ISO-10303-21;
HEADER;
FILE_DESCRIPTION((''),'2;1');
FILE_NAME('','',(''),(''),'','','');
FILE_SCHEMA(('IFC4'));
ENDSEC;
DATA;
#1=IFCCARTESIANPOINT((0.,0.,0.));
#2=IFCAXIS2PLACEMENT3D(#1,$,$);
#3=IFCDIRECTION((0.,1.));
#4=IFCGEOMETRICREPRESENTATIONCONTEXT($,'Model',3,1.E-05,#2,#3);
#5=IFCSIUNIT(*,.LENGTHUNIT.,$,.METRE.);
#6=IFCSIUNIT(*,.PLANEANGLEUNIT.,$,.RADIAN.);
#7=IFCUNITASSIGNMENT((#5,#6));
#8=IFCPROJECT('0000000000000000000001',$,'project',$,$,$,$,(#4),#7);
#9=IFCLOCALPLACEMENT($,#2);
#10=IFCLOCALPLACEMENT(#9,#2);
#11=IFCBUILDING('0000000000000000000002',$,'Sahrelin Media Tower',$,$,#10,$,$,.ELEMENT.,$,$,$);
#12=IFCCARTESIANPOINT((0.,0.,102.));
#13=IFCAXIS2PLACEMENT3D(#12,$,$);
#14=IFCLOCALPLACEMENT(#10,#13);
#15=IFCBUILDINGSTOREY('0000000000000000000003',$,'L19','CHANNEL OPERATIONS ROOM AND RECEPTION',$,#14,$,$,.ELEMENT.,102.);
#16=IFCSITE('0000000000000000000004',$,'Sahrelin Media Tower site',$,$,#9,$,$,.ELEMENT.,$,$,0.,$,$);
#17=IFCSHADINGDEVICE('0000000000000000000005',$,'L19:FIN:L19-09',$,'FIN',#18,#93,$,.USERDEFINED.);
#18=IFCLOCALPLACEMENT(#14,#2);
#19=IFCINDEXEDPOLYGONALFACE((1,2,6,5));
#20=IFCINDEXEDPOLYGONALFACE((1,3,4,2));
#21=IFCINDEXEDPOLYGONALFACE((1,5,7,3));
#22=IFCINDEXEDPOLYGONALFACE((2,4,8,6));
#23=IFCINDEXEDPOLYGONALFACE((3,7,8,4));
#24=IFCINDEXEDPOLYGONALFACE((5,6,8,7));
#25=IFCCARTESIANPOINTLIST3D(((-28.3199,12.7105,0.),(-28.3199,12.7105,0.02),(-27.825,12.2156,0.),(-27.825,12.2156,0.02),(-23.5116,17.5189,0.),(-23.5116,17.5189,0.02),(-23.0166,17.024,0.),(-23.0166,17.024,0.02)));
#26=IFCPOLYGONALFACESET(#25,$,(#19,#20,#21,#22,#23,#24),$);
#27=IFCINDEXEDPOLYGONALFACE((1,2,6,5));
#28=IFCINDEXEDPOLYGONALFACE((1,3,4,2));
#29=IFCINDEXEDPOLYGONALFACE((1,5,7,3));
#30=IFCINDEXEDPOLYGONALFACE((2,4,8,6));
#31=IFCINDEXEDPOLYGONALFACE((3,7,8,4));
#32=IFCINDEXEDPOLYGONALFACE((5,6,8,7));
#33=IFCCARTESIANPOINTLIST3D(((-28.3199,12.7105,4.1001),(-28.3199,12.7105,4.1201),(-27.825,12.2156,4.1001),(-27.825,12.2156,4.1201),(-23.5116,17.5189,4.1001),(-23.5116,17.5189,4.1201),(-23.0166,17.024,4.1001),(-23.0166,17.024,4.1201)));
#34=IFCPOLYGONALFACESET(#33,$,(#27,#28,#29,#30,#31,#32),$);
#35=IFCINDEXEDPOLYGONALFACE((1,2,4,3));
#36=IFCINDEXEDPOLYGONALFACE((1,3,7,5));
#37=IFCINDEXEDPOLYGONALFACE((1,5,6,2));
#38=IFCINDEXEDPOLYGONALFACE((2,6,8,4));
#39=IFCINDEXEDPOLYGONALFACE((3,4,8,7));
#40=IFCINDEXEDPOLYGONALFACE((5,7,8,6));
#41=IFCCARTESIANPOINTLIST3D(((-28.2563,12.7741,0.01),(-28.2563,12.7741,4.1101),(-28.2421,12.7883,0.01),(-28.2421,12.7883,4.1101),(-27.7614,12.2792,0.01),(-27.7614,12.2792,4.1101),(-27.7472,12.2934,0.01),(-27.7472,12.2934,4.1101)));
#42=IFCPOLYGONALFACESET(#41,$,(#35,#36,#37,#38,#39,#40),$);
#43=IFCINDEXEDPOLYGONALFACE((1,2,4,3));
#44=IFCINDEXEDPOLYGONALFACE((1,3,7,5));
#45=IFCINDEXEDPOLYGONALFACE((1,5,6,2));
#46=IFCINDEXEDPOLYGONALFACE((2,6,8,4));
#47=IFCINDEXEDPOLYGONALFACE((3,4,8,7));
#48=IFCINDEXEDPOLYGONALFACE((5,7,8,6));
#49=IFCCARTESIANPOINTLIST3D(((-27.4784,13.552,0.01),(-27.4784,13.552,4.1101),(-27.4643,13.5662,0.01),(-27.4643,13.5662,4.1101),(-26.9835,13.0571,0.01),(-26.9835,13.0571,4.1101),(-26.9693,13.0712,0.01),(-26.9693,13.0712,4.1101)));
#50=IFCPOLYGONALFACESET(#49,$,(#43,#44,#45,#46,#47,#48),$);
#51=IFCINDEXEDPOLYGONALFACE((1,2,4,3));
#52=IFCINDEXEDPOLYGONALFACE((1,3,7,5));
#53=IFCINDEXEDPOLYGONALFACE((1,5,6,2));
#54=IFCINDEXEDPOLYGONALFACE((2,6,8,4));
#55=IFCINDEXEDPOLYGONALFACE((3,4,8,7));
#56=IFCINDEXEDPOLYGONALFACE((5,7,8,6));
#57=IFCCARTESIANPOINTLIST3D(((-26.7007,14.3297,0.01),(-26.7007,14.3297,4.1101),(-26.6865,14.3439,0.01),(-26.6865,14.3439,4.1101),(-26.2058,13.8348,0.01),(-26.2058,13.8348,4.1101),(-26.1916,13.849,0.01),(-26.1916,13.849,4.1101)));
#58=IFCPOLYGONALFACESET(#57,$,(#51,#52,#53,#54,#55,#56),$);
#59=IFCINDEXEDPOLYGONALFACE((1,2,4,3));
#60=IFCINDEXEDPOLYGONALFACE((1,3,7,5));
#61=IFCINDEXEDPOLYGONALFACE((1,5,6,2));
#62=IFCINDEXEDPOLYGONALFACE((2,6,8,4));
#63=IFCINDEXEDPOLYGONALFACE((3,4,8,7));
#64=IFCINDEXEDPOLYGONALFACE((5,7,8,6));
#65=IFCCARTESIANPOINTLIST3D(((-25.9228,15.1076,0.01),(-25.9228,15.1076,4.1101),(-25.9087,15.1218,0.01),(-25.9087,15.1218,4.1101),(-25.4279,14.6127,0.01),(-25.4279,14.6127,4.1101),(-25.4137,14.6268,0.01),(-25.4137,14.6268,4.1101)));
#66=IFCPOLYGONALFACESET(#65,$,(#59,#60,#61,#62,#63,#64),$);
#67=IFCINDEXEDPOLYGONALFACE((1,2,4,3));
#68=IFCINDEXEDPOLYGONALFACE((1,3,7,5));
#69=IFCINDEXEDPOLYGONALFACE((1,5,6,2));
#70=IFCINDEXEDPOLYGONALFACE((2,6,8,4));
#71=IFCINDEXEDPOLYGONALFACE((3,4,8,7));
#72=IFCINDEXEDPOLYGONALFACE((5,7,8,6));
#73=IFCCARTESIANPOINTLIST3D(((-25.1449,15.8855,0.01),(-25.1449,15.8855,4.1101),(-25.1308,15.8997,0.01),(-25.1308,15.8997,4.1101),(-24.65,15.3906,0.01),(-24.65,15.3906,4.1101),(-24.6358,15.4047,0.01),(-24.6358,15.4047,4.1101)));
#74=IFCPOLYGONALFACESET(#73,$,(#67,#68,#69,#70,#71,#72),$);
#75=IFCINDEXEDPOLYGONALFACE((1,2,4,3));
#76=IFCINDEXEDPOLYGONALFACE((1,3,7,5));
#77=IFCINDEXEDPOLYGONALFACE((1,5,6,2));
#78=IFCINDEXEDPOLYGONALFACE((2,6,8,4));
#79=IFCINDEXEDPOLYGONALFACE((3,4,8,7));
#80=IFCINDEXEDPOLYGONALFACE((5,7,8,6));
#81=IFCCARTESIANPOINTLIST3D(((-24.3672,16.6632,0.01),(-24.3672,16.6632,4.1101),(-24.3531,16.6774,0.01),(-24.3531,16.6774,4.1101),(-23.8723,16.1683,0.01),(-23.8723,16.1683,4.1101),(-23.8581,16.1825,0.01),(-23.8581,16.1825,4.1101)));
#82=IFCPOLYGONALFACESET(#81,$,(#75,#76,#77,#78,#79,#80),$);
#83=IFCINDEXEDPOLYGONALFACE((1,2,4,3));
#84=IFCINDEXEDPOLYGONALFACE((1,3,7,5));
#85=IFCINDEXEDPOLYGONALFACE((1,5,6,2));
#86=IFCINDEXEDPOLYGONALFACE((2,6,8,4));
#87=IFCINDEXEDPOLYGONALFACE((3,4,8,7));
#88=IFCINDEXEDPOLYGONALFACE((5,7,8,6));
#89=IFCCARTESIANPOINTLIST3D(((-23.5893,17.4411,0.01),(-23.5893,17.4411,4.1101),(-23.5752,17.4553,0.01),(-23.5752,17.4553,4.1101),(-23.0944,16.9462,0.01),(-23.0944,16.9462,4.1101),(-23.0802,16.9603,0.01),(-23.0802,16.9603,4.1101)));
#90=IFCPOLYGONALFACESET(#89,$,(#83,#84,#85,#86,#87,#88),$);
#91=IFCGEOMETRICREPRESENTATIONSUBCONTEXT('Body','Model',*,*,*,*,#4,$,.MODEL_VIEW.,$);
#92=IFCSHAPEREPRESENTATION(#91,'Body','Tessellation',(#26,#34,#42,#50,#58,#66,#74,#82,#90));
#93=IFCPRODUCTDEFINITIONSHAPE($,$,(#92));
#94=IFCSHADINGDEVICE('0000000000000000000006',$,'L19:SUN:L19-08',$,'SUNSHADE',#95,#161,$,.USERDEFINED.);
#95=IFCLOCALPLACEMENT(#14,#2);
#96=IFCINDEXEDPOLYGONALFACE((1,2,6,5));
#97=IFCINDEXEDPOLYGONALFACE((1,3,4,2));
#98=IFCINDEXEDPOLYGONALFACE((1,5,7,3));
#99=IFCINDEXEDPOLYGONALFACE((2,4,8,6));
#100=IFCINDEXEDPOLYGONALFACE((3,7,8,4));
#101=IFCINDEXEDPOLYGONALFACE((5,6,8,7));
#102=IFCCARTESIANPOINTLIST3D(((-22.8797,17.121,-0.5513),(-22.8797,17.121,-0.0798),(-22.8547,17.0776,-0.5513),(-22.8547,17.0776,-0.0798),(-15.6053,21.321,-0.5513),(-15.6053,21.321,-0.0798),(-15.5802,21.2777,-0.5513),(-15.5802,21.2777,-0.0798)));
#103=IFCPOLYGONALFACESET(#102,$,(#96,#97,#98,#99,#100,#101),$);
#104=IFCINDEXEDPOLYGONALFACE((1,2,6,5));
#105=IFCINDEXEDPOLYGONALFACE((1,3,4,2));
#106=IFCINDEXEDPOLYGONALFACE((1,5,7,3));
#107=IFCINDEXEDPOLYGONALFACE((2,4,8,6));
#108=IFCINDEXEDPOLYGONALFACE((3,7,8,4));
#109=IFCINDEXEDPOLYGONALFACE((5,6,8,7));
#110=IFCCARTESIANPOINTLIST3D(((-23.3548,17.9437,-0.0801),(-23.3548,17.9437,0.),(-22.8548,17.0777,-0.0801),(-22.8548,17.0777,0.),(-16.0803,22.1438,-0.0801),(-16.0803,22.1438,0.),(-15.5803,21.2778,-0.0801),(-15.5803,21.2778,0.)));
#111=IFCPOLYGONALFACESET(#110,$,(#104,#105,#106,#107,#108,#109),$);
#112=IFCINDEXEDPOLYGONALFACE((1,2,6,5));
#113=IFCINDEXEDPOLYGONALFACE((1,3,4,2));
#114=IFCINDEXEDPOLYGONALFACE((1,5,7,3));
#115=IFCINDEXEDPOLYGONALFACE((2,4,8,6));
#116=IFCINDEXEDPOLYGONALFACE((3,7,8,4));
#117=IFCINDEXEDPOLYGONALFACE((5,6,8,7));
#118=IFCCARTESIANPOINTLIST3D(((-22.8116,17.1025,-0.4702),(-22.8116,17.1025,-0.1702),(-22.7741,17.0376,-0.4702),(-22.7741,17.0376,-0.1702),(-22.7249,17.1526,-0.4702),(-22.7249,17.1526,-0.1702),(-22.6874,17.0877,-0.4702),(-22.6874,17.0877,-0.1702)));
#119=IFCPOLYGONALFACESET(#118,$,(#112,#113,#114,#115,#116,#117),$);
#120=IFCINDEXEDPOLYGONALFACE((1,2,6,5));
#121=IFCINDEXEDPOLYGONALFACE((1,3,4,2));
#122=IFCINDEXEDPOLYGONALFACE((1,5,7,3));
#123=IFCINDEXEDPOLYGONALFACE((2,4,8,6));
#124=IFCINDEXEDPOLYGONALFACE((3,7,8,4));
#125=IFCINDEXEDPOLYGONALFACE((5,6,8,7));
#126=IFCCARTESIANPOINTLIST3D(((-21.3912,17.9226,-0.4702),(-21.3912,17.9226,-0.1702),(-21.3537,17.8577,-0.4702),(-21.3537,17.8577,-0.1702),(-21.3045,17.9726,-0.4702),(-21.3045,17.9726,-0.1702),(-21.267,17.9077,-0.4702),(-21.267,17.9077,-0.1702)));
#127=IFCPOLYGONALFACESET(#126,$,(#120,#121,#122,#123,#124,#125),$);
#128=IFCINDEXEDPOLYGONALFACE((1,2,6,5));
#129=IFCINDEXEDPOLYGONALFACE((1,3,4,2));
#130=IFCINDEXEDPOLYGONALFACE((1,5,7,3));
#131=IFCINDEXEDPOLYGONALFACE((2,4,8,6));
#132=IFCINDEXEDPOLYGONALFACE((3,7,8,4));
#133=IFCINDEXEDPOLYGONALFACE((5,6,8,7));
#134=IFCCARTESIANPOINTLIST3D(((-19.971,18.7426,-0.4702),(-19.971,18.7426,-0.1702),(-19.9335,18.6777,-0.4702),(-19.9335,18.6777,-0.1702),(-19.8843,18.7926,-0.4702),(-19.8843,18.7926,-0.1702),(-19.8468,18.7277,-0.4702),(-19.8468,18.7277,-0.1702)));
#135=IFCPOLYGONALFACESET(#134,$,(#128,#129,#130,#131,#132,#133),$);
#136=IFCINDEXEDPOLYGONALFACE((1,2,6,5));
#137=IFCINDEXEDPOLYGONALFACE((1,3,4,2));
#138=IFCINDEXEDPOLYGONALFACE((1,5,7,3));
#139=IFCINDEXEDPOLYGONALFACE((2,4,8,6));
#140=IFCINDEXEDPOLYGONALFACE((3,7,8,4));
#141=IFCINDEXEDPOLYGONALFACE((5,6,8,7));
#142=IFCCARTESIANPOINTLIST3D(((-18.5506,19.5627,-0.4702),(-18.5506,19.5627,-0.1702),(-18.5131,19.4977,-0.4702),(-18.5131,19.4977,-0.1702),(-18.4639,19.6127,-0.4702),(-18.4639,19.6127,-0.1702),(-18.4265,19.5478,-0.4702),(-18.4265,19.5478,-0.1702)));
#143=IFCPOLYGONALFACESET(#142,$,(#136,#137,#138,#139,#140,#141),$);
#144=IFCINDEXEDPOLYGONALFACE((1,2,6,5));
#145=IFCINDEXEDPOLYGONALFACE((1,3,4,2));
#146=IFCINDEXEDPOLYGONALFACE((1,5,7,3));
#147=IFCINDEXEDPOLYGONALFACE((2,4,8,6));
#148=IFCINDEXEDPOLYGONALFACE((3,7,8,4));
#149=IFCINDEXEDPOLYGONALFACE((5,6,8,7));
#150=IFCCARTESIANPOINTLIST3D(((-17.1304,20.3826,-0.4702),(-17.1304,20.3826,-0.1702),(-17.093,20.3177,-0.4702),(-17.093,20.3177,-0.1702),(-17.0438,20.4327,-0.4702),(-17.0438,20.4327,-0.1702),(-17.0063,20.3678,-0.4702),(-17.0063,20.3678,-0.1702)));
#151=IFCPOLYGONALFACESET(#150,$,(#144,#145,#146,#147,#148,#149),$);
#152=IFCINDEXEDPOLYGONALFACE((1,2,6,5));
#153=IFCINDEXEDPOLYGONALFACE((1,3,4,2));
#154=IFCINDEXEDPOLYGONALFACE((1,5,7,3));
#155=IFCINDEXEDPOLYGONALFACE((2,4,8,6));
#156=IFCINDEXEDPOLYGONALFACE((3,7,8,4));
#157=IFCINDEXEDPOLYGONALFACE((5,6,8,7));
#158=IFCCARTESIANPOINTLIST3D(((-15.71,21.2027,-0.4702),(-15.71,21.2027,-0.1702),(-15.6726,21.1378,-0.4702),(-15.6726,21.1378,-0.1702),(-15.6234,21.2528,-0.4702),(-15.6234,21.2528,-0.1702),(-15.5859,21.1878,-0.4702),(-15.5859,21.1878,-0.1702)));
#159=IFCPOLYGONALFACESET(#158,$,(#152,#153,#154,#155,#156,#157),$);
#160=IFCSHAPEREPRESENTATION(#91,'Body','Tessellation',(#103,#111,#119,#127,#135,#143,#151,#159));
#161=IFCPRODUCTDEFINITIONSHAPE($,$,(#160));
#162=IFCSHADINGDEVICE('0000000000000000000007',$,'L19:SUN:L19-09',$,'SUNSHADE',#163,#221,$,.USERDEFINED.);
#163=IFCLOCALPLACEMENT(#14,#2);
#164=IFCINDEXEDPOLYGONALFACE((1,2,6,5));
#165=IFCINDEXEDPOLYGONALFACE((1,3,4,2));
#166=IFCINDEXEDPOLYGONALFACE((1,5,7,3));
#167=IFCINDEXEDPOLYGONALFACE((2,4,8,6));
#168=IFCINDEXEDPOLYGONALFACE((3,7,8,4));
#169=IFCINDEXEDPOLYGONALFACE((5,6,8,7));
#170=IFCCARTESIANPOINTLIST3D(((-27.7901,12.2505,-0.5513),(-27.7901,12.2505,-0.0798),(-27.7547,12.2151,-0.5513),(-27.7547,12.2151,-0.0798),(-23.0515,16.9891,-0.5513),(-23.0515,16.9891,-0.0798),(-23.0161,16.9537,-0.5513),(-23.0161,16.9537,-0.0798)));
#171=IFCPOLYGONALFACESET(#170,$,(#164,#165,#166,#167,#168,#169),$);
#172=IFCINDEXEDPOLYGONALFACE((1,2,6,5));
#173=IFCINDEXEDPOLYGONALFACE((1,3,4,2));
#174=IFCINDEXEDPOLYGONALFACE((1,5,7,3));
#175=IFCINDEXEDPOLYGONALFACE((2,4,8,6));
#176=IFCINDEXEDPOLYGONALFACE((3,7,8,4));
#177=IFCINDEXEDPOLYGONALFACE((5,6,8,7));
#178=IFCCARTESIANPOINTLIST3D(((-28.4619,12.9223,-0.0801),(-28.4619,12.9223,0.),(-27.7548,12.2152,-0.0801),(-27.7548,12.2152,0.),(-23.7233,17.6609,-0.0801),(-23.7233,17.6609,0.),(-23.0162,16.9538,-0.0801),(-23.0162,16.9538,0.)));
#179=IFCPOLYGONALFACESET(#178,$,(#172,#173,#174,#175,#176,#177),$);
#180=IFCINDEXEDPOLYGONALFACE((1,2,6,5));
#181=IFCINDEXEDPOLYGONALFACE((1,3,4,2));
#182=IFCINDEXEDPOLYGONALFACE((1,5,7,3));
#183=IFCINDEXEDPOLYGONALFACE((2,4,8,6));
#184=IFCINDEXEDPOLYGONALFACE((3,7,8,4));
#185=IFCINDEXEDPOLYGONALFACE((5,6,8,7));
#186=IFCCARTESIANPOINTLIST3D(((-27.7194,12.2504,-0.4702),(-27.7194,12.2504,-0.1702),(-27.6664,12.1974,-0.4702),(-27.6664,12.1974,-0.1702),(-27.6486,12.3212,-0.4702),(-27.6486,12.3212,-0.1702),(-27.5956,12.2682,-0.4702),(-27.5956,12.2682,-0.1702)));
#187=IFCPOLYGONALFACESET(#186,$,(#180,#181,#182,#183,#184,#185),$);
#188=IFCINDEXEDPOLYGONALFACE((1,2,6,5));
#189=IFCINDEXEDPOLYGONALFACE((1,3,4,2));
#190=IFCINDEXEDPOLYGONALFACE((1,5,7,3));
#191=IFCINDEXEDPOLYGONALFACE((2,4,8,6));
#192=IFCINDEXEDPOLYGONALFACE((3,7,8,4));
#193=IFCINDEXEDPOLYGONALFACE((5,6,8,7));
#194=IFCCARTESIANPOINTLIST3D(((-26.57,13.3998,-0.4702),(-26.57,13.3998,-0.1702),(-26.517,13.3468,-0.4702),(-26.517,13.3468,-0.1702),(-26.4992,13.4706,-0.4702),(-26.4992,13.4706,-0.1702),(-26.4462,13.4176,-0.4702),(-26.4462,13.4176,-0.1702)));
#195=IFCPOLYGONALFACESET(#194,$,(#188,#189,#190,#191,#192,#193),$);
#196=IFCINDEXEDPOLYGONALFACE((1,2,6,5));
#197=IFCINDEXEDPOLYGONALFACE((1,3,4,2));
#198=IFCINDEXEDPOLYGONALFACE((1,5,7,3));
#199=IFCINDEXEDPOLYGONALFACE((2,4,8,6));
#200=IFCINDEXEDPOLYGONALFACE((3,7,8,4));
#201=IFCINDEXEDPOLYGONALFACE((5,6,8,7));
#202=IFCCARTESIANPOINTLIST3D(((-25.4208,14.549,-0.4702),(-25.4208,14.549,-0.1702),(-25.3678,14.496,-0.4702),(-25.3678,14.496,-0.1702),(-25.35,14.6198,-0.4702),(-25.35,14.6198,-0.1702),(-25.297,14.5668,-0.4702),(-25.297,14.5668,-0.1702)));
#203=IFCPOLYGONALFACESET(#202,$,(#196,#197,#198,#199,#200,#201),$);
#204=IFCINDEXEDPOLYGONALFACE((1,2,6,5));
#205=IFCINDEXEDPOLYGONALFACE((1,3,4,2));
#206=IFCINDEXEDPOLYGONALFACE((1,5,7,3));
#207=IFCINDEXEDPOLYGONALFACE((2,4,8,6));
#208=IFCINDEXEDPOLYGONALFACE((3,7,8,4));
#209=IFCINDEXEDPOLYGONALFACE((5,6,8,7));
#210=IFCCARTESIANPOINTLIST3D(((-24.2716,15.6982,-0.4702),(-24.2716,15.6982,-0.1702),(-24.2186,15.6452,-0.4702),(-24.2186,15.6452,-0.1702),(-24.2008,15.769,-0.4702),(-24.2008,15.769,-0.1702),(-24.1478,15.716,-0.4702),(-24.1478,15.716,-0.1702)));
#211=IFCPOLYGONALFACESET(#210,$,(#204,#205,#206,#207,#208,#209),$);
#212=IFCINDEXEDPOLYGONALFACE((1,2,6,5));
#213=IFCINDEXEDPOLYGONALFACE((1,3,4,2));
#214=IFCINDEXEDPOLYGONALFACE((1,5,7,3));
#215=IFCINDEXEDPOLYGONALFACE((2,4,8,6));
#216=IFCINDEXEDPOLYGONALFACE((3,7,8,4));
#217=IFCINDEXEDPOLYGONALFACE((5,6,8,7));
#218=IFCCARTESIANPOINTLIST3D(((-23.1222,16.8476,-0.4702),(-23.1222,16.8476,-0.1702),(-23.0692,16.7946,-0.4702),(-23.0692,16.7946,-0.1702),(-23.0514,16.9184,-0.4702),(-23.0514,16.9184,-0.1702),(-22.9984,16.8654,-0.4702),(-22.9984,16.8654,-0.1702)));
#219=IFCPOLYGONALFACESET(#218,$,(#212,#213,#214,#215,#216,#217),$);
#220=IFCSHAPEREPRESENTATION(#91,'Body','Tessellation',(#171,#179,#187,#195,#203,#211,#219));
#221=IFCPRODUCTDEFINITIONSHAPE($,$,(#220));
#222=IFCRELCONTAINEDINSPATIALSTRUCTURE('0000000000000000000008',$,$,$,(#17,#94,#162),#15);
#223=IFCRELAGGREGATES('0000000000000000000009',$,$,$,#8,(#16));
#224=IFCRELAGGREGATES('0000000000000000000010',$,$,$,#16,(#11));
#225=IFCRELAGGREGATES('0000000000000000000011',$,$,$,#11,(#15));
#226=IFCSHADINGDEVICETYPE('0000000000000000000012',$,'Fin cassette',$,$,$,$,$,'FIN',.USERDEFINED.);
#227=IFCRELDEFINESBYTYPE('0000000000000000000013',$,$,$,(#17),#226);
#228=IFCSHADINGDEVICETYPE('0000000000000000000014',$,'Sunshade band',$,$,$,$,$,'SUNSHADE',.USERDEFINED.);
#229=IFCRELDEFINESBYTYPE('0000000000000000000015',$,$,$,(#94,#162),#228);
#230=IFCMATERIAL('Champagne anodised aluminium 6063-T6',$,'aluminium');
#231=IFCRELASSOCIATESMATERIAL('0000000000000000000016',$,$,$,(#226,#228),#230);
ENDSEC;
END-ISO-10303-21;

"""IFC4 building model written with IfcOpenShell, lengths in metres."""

from ifc_helpers import new_model, si_unit, direction, frame, origin, origin_2d, place, context, subcontext, project, spatial, rectangle, extrude, material, type_object, element, save


model = new_model("IFC4")

# Units and contexts
model_context = context("Model", 3, precision=1e-05, world=origin(), true_north=direction((0.0, 1.0)))
body_context = subcontext(model_context, "Body", "Model", "MODEL_VIEW")
ifc_project = project(units=[si_unit("LENGTHUNIT", "METRE"), si_unit("PLANEANGLEUNIT", "RADIAN")], contexts=[model_context])

# Site, building, storey
site_placement = place(None, origin())
site = spatial("IfcSite", under=ifc_project, at=site_placement, Name="Sahrelin Media Tower site", CompositionType="ELEMENT", RefElevation=0.0)
building_placement = place(site_placement, origin())
building = spatial("IfcBuilding", under=site, at=building_placement, Name="Sahrelin Media Tower", CompositionType="ELEMENT")
storey_placement = place(building_placement, frame((0.0, 0.0, 102.0)))
storey = spatial("IfcBuildingStorey", under=building, at=storey_placement, Name="L19", Description="CHANNEL OPERATIONS ROOM AND RECEPTION", CompositionType="ELEMENT", Elevation=102.0)

# Shared definitions
ifc_material_1 = material(Name="Champagne anodised aluminium 6063-T6", Category="aluminium")

# Shading devices
shading_device_type_1 = type_object("IfcShadingDeviceType", Name="Fin cassette", ElementType="FIN", PredefinedType="USERDEFINED", material=ifc_material_1)
placement_1 = place(storey_placement, frame((-19.2075, 19.1604, 0.0), z_axis=(0.0, 0.0, 1.0), x_axis=(0.866019, 0.500011, 0.0)))
placement_2 = place(storey_placement, frame((-25.3713, 14.5703, 0.0), z_axis=(0.0, 0.0, 1.0), x_axis=(0.707107, 0.707107, 0.0)))
element("IfcShadingDevice", 1, at=placement_2, inside=storey, type_object=shading_device_type_1, Name="L19:FIN:L19-09", ObjectType="FIN", PredefinedType="USERDEFINED", context=body_context, shape_type="SweptSolid", body=[
    extrude(rectangle(XDim=6.8, YDim=0.7, at=origin_2d()), frame((0.0, 0.4199, 0.0)), (0.0, 0.0, 1.0), 0.02),
    extrude(rectangle(XDim=6.8, YDim=0.7, at=origin_2d()), frame((0.0, 0.4199, 4.1001)), (0.0, 0.0, 1.0), 0.02),
    extrude(rectangle(XDim=0.02, YDim=0.7, at=origin_2d()), frame((-3.3, 0.4199, 0.01), z_axis=(0.0, 0.0, 1.0), x_axis=(1.0, 0.0, 0.0)), (0.0, 0.0, 1.0), 4.1001),
    extrude(rectangle(XDim=0.02, YDim=0.7, at=origin_2d()), frame((-2.2, 0.4199, 0.01), z_axis=(0.0, 0.0, 1.0), x_axis=(1.0, 0.0, 0.0)), (0.0, 0.0, 1.0), 4.1001),
    extrude(rectangle(XDim=0.02, YDim=0.7, at=origin_2d()), frame((-1.1001, 0.4199, 0.01), z_axis=(0.0, 0.0, 1.0), x_axis=(1.0, 0.0, 0.0)), (0.0, 0.0, 1.0), 4.1001),
    extrude(rectangle(XDim=0.02, YDim=0.7, at=origin_2d()), frame((0.0, 0.4199, 0.01), z_axis=(0.0, 0.0, 1.0), x_axis=(1.0, 0.0, 0.0)), (0.0, 0.0, 1.0), 4.1001),
    extrude(rectangle(XDim=0.02, YDim=0.7, at=origin_2d()), frame((1.1001, 0.4199, 0.01), z_axis=(0.0, 0.0, 1.0), x_axis=(1.0, 0.0, 0.0)), (0.0, 0.0, 1.0), 4.1001),
    extrude(rectangle(XDim=0.02, YDim=0.7, at=origin_2d()), frame((2.2, 0.4199, 0.01), z_axis=(0.0, 0.0, 1.0), x_axis=(1.0, 0.0, 0.0)), (0.0, 0.0, 1.0), 4.1001),
    extrude(rectangle(XDim=0.02, YDim=0.7, at=origin_2d()), frame((3.3, 0.4199, 0.01), z_axis=(0.0, 0.0, 1.0), x_axis=(1.0, 0.0, 0.0)), (0.0, 0.0, 1.0), 4.1001),
])
shading_device_type_2 = type_object("IfcShadingDeviceType", Name="Sunshade band", ElementType="SUNSHADE", PredefinedType="USERDEFINED", material=ifc_material_1)
element("IfcShadingDevice", 2, at=placement_1, inside=storey, type_object=shading_device_type_2, Name="L19:SUN:L19-08", ObjectType="SUNSHADE", PredefinedType="USERDEFINED", context=body_context, shape_type="SweptSolid", body=[
    extrude(rectangle(XDim=8.3999, YDim=0.05, at=origin_2d()), frame((0.0, 0.0449, -0.5513)), (0.0, 0.0, 1.0), 0.4714),
    extrude(rectangle(XDim=8.3999, YDim=1.0, at=origin_2d()), frame((0.0, 0.52, -0.0801)), (0.0, 0.0, 1.0), 0.0801),
    extrude(rectangle(XDim=0.1001, YDim=0.075, at=origin_2d()), frame((-4.1001, -0.0176, -0.4702)), (0.0, 0.0, 1.0), 0.3),
    extrude(rectangle(XDim=0.1001, YDim=0.075, at=origin_2d()), frame((-2.46, -0.0176, -0.4702)), (0.0, 0.0, 1.0), 0.3),
    extrude(rectangle(XDim=0.1001, YDim=0.075, at=origin_2d()), frame((-0.8201, -0.0176, -0.4702)), (0.0, 0.0, 1.0), 0.3),
    extrude(rectangle(XDim=0.1001, YDim=0.075, at=origin_2d()), frame((0.8201, -0.0176, -0.4702)), (0.0, 0.0, 1.0), 0.3),
    extrude(rectangle(XDim=0.1001, YDim=0.075, at=origin_2d()), frame((2.46, -0.0176, -0.4702)), (0.0, 0.0, 1.0), 0.3),
    extrude(rectangle(XDim=0.1001, YDim=0.075, at=origin_2d()), frame((4.1001, -0.0176, -0.4702)), (0.0, 0.0, 1.0), 0.3),
])
element("IfcShadingDevice", 3, at=placement_2, inside=storey, type_object=shading_device_type_2, Name="L19:SUN:L19-09", ObjectType="SUNSHADE", PredefinedType="USERDEFINED", context=body_context, shape_type="SweptSolid", body=[
    extrude(rectangle(XDim=6.7014, YDim=0.05, at=origin_2d()), frame((0.0, 0.0449, -0.5513)), (0.0, 0.0, 1.0), 0.4714),
    extrude(rectangle(XDim=6.7014, YDim=1.0, at=origin_2d()), frame((0.0, 0.52, -0.0801)), (0.0, 0.0, 1.0), 0.0801),
    extrude(rectangle(XDim=0.1001, YDim=0.075, at=origin_2d()), frame((-3.2507, -0.0176, -0.4702)), (0.0, 0.0, 1.0), 0.3),
    extrude(rectangle(XDim=0.1001, YDim=0.075, at=origin_2d()), frame((-1.6252, -0.0176, -0.4702)), (0.0, 0.0, 1.0), 0.3),
    extrude(rectangle(XDim=0.1001, YDim=0.075, at=origin_2d()), frame((0.0, -0.0176, -0.4702)), (0.0, 0.0, 1.0), 0.3),
    extrude(rectangle(XDim=0.1001, YDim=0.075, at=origin_2d()), frame((1.6252, -0.0176, -0.4702)), (0.0, 0.0, 1.0), 0.3),
    extrude(rectangle(XDim=0.1001, YDim=0.075, at=origin_2d()), frame((3.2507, -0.0176, -0.4702)), (0.0, 0.0, 1.0), 0.3),
])

save(model, "model.ifc")
